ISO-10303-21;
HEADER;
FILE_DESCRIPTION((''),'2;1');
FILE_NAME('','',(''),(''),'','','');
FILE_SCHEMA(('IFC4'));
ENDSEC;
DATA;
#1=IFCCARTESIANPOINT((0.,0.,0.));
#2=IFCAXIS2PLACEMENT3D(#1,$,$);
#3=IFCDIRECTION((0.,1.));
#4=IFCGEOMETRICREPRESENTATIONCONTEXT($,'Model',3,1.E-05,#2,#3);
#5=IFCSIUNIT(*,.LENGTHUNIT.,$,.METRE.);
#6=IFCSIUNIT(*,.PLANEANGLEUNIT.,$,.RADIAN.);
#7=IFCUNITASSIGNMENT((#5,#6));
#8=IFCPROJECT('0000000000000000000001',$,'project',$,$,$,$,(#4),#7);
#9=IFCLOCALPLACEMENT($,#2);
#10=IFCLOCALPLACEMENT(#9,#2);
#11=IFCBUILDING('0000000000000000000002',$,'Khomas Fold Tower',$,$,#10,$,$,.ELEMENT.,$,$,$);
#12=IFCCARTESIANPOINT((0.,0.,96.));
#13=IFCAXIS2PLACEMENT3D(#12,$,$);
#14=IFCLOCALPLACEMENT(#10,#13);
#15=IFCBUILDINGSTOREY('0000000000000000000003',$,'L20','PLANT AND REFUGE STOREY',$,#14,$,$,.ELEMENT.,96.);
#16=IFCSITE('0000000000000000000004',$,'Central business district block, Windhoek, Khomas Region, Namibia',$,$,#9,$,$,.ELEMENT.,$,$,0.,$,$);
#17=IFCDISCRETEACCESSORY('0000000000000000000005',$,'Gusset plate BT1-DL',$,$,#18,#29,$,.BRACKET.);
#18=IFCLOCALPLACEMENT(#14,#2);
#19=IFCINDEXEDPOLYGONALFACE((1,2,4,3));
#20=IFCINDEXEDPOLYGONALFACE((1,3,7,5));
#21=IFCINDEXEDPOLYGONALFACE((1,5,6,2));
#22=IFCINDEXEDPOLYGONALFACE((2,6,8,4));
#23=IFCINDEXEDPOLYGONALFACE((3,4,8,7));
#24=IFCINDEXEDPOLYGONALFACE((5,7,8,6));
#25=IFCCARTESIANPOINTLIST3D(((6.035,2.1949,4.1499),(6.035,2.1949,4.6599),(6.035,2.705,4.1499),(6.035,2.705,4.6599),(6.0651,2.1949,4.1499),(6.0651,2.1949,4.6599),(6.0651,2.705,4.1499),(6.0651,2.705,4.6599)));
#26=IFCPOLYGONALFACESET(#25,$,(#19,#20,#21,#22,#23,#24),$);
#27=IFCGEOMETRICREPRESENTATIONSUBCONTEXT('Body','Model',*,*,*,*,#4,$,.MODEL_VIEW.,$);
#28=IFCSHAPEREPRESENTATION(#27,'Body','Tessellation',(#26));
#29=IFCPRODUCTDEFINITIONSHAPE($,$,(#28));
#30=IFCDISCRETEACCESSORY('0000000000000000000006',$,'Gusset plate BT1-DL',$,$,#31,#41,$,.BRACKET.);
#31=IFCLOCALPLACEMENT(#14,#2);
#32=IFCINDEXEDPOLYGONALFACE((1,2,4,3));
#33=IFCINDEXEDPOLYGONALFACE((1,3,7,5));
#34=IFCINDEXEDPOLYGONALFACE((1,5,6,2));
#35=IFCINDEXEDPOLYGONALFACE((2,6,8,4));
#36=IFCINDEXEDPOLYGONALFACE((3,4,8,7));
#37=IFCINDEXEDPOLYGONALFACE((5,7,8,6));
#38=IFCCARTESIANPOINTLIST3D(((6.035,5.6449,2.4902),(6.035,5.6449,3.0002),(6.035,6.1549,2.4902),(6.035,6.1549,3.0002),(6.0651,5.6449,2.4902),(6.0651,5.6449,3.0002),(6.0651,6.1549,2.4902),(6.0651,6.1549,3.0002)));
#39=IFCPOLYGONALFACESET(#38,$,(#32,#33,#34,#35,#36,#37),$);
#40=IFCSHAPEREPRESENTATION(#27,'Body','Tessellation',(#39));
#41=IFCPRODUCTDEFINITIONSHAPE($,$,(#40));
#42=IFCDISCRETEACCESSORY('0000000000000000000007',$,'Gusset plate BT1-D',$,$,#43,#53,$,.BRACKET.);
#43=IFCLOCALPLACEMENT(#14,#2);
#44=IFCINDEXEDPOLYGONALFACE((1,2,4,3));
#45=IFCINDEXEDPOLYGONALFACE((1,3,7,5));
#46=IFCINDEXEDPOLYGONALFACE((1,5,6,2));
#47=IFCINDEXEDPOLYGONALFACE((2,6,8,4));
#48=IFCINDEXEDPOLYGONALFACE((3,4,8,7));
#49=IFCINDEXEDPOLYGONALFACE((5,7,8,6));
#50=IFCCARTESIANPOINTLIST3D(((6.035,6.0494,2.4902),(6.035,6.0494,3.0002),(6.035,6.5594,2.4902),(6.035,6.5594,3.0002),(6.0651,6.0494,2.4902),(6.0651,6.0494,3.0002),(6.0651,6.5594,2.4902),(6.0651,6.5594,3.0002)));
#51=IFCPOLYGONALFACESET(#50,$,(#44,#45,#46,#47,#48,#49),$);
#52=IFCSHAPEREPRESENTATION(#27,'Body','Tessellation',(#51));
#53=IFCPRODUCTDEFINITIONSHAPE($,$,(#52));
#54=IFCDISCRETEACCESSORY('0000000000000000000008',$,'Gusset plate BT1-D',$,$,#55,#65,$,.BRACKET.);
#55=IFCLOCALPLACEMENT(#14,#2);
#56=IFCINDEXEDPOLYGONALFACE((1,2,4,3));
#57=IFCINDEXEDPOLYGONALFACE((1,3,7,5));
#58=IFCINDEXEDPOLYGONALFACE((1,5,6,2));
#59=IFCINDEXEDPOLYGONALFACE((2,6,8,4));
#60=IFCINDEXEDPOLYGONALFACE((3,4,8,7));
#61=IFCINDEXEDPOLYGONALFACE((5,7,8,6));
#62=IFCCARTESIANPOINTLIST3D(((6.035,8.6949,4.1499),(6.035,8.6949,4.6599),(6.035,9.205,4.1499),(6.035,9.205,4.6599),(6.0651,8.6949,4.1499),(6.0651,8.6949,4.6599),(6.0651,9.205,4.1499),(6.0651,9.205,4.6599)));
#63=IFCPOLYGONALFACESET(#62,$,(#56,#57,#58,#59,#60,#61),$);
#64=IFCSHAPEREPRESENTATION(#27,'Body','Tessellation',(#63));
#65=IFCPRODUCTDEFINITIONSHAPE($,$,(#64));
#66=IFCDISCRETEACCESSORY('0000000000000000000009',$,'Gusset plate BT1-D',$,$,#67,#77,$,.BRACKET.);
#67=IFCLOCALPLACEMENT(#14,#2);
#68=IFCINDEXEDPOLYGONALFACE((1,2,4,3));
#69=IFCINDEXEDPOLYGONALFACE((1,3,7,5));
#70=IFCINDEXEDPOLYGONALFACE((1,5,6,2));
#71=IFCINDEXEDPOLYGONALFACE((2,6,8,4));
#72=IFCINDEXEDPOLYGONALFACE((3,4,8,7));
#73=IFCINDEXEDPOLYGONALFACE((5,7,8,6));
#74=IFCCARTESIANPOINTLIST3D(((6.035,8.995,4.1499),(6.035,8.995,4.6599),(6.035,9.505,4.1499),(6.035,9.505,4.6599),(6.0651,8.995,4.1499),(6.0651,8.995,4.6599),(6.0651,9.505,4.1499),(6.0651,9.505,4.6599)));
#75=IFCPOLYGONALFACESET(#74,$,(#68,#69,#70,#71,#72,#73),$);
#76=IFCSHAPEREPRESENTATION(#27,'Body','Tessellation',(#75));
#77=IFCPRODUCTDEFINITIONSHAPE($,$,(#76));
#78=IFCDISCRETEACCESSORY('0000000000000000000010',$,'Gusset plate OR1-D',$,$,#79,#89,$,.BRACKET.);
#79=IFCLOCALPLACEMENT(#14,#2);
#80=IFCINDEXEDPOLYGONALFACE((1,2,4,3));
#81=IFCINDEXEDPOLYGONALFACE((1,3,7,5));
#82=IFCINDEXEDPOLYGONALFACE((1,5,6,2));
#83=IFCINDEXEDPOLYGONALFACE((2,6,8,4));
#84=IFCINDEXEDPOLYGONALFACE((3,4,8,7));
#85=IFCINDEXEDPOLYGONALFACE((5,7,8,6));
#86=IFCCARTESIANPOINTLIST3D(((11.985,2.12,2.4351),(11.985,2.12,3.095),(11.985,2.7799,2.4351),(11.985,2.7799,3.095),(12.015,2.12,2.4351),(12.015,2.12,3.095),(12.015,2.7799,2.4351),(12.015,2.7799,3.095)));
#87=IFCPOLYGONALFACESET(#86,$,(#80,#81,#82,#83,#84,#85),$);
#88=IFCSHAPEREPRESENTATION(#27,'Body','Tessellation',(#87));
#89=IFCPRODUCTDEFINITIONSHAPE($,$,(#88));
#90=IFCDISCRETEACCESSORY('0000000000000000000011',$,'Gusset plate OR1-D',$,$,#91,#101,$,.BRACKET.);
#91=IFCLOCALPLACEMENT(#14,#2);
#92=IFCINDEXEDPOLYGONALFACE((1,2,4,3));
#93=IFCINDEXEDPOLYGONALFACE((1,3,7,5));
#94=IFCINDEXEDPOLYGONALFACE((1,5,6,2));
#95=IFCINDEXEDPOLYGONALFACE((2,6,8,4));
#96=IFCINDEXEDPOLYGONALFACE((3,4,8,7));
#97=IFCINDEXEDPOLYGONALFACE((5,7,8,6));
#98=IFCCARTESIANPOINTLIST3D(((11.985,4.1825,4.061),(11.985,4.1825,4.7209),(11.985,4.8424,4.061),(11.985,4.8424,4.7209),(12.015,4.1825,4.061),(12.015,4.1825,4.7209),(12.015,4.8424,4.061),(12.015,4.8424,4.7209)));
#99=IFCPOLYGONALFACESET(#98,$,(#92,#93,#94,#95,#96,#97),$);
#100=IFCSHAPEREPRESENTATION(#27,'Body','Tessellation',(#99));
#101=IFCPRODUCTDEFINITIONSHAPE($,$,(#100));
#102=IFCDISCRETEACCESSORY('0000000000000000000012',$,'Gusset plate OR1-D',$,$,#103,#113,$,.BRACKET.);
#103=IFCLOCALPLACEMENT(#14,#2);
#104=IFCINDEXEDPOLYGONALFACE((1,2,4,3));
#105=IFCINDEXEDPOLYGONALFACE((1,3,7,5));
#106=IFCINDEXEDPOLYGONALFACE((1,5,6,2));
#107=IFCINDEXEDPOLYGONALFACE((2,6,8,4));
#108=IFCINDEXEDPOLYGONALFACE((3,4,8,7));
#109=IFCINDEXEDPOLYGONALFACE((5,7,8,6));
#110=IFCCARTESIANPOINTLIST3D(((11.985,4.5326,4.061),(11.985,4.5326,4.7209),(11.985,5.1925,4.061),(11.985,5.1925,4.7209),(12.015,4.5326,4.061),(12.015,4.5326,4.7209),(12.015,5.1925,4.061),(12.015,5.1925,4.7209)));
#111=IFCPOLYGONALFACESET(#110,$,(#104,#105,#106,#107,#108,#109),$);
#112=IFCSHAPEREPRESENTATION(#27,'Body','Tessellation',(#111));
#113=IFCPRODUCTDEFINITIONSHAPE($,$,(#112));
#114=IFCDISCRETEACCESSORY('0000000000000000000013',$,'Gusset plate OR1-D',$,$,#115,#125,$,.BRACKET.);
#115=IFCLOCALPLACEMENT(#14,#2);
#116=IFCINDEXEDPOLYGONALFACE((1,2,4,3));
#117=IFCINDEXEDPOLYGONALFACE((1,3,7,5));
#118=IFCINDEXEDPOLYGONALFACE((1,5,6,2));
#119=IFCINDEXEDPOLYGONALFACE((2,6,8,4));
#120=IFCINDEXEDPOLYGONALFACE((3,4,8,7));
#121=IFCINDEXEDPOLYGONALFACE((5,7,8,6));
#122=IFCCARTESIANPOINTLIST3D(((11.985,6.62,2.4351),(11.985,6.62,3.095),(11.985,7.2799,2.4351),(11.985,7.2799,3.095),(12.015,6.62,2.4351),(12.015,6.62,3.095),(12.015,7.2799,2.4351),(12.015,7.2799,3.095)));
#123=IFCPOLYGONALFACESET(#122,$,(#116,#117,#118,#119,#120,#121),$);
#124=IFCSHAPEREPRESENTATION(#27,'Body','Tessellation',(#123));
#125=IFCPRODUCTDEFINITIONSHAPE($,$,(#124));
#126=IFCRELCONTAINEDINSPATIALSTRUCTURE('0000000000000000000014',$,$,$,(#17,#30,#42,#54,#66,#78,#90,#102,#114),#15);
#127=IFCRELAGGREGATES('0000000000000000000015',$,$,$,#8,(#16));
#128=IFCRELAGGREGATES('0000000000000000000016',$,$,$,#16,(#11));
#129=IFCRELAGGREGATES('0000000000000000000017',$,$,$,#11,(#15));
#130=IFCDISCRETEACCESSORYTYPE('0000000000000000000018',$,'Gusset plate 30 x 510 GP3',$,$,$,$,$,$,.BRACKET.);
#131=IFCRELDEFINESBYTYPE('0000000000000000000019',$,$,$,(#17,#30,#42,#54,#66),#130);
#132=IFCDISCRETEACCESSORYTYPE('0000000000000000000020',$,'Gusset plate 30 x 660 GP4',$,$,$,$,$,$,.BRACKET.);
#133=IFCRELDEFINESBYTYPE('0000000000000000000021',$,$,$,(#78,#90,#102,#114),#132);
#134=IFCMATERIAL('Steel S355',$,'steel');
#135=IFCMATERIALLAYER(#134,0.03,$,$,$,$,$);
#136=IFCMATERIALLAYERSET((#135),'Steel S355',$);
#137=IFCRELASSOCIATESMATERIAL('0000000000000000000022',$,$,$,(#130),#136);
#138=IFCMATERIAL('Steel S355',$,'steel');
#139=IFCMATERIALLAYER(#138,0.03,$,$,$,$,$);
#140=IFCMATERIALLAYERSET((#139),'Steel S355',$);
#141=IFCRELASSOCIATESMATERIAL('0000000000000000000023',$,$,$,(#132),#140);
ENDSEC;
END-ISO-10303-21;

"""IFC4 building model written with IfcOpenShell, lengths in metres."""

from ifc_helpers import new_model, si_unit, direction, frame, origin, origin_2d, place, context, subcontext, project, spatial, rectangle, extrude, source, transform, mapped, material, layer, layer_set, type_object, element, save


model = new_model("IFC4")

# Units and contexts
model_context = context("Model", 3, precision=1e-05, world=origin(), true_north=direction((0.0, 1.0)))
body_context = subcontext(model_context, "Body", "Model", "MODEL_VIEW")
ifc_project = project(units=[si_unit("LENGTHUNIT", "METRE"), si_unit("PLANEANGLEUNIT", "RADIAN")], contexts=[model_context])

# Site, building, storey
site_placement = place(None, origin())
site = spatial("IfcSite", under=ifc_project, at=site_placement, Name="Central business district block, Windhoek, Khomas Region, Namibia", CompositionType="ELEMENT", RefElevation=0.0)
building_placement = place(site_placement, origin())
building = spatial("IfcBuilding", under=site, at=building_placement, Name="Khomas Fold Tower", CompositionType="ELEMENT")
storey_placement = place(building_placement, frame((0.0, 0.0, 96.0)))
storey = spatial("IfcBuildingStorey", under=building, at=storey_placement, Name="L20", Description="PLANT AND REFUGE STOREY", CompositionType="ELEMENT", Elevation=96.0)

# Discrete accessories
ifc_material_1 = material(Name="Steel S355", Category="steel")
ifc_layer_1 = layer(ifc_material_1, 0.03)
ifc_layer_set_1 = layer_set([ifc_layer_1], Name="Steel S355")
discrete_accessory_type_1 = type_object("IfcDiscreteAccessoryType", Name="Gusset plate 30 x 510 GP3", PredefinedType="BRACKET", material=ifc_layer_set_1)
shared_shape_1 = source(origin(), body_context, "Body", "SweptSolid", [
    extrude(rectangle(XDim=0.51, YDim=0.03, at=origin_2d()), origin(), (0.0, 0.0, 1.0), 0.51),
])
for number, where, z_axis, x_axis, name in (
    (1, (6.05, 2.45, 4.1499), (0.0, 0.0, 1.0), (0.0, 1.0, 0.0), "Gusset plate BT1-DL"),
    (2, (6.05, 5.8999, 2.4902), (0.0, 0.0, 1.0), (0.0, 1.0, 0.0), "Gusset plate BT1-DL"),
    (3, (6.05, 6.3044, 2.4902), (0.0, 0.0, 1.0), (0.0, 1.0, 0.0), "Gusset plate BT1-D"),
    (4, (6.05, 8.95, 4.1499), (0.0, 0.0, 1.0), (0.0, 1.0, 0.0), "Gusset plate BT1-D"),
    (5, (6.05, 9.25, 4.1499), (0.0, 0.0, 1.0), (0.0, 1.0, 0.0), "Gusset plate BT1-D"),
):
    element("IfcDiscreteAccessory", number, at=place(storey_placement, frame(where, z_axis=z_axis, x_axis=x_axis)), inside=storey, type_object=discrete_accessory_type_1, Name=name, PredefinedType="BRACKET", context=body_context, shape_type="MappedRepresentation", body=[
        mapped(shared_shape_1, transform((0.0, 0.0, 0.0))),
    ])
ifc_material_2 = material(Name="Steel S355", Category="steel")
ifc_layer_2 = layer(ifc_material_2, 0.03)
ifc_layer_set_2 = layer_set([ifc_layer_2], Name="Steel S355")
discrete_accessory_type_2 = type_object("IfcDiscreteAccessoryType", Name="Gusset plate 30 x 660 GP4", PredefinedType="BRACKET", material=ifc_layer_set_2)
shared_shape_2 = source(origin(), body_context, "Body", "SweptSolid", [
    extrude(rectangle(XDim=0.6599, YDim=0.03, at=origin_2d()), origin(), (0.0, 0.0, 1.0), 0.6599),
])
for number, where, z_axis, x_axis, name in (
    (6, (12.0, 2.45, 2.4351), (0.0, 0.0, 1.0), (0.0, 1.0, 0.0), "Gusset plate OR1-D"),
    (7, (12.0, 4.5125, 4.061), (0.0, 0.0, 1.0), (0.0, 1.0, 0.0), "Gusset plate OR1-D"),
    (8, (12.0, 4.8625, 4.061), (0.0, 0.0, 1.0), (0.0, 1.0, 0.0), "Gusset plate OR1-D"),
    (9, (12.0, 6.95, 2.4351), (0.0, 0.0, 1.0), (0.0, 1.0, 0.0), "Gusset plate OR1-D"),
):
    element("IfcDiscreteAccessory", number, at=place(storey_placement, frame(where, z_axis=z_axis, x_axis=x_axis)), inside=storey, type_object=discrete_accessory_type_2, Name=name, PredefinedType="BRACKET", context=body_context, shape_type="MappedRepresentation", body=[
        mapped(shared_shape_2, transform((0.0, 0.0, 0.0))),
    ])

save(model, "model.ifc")
